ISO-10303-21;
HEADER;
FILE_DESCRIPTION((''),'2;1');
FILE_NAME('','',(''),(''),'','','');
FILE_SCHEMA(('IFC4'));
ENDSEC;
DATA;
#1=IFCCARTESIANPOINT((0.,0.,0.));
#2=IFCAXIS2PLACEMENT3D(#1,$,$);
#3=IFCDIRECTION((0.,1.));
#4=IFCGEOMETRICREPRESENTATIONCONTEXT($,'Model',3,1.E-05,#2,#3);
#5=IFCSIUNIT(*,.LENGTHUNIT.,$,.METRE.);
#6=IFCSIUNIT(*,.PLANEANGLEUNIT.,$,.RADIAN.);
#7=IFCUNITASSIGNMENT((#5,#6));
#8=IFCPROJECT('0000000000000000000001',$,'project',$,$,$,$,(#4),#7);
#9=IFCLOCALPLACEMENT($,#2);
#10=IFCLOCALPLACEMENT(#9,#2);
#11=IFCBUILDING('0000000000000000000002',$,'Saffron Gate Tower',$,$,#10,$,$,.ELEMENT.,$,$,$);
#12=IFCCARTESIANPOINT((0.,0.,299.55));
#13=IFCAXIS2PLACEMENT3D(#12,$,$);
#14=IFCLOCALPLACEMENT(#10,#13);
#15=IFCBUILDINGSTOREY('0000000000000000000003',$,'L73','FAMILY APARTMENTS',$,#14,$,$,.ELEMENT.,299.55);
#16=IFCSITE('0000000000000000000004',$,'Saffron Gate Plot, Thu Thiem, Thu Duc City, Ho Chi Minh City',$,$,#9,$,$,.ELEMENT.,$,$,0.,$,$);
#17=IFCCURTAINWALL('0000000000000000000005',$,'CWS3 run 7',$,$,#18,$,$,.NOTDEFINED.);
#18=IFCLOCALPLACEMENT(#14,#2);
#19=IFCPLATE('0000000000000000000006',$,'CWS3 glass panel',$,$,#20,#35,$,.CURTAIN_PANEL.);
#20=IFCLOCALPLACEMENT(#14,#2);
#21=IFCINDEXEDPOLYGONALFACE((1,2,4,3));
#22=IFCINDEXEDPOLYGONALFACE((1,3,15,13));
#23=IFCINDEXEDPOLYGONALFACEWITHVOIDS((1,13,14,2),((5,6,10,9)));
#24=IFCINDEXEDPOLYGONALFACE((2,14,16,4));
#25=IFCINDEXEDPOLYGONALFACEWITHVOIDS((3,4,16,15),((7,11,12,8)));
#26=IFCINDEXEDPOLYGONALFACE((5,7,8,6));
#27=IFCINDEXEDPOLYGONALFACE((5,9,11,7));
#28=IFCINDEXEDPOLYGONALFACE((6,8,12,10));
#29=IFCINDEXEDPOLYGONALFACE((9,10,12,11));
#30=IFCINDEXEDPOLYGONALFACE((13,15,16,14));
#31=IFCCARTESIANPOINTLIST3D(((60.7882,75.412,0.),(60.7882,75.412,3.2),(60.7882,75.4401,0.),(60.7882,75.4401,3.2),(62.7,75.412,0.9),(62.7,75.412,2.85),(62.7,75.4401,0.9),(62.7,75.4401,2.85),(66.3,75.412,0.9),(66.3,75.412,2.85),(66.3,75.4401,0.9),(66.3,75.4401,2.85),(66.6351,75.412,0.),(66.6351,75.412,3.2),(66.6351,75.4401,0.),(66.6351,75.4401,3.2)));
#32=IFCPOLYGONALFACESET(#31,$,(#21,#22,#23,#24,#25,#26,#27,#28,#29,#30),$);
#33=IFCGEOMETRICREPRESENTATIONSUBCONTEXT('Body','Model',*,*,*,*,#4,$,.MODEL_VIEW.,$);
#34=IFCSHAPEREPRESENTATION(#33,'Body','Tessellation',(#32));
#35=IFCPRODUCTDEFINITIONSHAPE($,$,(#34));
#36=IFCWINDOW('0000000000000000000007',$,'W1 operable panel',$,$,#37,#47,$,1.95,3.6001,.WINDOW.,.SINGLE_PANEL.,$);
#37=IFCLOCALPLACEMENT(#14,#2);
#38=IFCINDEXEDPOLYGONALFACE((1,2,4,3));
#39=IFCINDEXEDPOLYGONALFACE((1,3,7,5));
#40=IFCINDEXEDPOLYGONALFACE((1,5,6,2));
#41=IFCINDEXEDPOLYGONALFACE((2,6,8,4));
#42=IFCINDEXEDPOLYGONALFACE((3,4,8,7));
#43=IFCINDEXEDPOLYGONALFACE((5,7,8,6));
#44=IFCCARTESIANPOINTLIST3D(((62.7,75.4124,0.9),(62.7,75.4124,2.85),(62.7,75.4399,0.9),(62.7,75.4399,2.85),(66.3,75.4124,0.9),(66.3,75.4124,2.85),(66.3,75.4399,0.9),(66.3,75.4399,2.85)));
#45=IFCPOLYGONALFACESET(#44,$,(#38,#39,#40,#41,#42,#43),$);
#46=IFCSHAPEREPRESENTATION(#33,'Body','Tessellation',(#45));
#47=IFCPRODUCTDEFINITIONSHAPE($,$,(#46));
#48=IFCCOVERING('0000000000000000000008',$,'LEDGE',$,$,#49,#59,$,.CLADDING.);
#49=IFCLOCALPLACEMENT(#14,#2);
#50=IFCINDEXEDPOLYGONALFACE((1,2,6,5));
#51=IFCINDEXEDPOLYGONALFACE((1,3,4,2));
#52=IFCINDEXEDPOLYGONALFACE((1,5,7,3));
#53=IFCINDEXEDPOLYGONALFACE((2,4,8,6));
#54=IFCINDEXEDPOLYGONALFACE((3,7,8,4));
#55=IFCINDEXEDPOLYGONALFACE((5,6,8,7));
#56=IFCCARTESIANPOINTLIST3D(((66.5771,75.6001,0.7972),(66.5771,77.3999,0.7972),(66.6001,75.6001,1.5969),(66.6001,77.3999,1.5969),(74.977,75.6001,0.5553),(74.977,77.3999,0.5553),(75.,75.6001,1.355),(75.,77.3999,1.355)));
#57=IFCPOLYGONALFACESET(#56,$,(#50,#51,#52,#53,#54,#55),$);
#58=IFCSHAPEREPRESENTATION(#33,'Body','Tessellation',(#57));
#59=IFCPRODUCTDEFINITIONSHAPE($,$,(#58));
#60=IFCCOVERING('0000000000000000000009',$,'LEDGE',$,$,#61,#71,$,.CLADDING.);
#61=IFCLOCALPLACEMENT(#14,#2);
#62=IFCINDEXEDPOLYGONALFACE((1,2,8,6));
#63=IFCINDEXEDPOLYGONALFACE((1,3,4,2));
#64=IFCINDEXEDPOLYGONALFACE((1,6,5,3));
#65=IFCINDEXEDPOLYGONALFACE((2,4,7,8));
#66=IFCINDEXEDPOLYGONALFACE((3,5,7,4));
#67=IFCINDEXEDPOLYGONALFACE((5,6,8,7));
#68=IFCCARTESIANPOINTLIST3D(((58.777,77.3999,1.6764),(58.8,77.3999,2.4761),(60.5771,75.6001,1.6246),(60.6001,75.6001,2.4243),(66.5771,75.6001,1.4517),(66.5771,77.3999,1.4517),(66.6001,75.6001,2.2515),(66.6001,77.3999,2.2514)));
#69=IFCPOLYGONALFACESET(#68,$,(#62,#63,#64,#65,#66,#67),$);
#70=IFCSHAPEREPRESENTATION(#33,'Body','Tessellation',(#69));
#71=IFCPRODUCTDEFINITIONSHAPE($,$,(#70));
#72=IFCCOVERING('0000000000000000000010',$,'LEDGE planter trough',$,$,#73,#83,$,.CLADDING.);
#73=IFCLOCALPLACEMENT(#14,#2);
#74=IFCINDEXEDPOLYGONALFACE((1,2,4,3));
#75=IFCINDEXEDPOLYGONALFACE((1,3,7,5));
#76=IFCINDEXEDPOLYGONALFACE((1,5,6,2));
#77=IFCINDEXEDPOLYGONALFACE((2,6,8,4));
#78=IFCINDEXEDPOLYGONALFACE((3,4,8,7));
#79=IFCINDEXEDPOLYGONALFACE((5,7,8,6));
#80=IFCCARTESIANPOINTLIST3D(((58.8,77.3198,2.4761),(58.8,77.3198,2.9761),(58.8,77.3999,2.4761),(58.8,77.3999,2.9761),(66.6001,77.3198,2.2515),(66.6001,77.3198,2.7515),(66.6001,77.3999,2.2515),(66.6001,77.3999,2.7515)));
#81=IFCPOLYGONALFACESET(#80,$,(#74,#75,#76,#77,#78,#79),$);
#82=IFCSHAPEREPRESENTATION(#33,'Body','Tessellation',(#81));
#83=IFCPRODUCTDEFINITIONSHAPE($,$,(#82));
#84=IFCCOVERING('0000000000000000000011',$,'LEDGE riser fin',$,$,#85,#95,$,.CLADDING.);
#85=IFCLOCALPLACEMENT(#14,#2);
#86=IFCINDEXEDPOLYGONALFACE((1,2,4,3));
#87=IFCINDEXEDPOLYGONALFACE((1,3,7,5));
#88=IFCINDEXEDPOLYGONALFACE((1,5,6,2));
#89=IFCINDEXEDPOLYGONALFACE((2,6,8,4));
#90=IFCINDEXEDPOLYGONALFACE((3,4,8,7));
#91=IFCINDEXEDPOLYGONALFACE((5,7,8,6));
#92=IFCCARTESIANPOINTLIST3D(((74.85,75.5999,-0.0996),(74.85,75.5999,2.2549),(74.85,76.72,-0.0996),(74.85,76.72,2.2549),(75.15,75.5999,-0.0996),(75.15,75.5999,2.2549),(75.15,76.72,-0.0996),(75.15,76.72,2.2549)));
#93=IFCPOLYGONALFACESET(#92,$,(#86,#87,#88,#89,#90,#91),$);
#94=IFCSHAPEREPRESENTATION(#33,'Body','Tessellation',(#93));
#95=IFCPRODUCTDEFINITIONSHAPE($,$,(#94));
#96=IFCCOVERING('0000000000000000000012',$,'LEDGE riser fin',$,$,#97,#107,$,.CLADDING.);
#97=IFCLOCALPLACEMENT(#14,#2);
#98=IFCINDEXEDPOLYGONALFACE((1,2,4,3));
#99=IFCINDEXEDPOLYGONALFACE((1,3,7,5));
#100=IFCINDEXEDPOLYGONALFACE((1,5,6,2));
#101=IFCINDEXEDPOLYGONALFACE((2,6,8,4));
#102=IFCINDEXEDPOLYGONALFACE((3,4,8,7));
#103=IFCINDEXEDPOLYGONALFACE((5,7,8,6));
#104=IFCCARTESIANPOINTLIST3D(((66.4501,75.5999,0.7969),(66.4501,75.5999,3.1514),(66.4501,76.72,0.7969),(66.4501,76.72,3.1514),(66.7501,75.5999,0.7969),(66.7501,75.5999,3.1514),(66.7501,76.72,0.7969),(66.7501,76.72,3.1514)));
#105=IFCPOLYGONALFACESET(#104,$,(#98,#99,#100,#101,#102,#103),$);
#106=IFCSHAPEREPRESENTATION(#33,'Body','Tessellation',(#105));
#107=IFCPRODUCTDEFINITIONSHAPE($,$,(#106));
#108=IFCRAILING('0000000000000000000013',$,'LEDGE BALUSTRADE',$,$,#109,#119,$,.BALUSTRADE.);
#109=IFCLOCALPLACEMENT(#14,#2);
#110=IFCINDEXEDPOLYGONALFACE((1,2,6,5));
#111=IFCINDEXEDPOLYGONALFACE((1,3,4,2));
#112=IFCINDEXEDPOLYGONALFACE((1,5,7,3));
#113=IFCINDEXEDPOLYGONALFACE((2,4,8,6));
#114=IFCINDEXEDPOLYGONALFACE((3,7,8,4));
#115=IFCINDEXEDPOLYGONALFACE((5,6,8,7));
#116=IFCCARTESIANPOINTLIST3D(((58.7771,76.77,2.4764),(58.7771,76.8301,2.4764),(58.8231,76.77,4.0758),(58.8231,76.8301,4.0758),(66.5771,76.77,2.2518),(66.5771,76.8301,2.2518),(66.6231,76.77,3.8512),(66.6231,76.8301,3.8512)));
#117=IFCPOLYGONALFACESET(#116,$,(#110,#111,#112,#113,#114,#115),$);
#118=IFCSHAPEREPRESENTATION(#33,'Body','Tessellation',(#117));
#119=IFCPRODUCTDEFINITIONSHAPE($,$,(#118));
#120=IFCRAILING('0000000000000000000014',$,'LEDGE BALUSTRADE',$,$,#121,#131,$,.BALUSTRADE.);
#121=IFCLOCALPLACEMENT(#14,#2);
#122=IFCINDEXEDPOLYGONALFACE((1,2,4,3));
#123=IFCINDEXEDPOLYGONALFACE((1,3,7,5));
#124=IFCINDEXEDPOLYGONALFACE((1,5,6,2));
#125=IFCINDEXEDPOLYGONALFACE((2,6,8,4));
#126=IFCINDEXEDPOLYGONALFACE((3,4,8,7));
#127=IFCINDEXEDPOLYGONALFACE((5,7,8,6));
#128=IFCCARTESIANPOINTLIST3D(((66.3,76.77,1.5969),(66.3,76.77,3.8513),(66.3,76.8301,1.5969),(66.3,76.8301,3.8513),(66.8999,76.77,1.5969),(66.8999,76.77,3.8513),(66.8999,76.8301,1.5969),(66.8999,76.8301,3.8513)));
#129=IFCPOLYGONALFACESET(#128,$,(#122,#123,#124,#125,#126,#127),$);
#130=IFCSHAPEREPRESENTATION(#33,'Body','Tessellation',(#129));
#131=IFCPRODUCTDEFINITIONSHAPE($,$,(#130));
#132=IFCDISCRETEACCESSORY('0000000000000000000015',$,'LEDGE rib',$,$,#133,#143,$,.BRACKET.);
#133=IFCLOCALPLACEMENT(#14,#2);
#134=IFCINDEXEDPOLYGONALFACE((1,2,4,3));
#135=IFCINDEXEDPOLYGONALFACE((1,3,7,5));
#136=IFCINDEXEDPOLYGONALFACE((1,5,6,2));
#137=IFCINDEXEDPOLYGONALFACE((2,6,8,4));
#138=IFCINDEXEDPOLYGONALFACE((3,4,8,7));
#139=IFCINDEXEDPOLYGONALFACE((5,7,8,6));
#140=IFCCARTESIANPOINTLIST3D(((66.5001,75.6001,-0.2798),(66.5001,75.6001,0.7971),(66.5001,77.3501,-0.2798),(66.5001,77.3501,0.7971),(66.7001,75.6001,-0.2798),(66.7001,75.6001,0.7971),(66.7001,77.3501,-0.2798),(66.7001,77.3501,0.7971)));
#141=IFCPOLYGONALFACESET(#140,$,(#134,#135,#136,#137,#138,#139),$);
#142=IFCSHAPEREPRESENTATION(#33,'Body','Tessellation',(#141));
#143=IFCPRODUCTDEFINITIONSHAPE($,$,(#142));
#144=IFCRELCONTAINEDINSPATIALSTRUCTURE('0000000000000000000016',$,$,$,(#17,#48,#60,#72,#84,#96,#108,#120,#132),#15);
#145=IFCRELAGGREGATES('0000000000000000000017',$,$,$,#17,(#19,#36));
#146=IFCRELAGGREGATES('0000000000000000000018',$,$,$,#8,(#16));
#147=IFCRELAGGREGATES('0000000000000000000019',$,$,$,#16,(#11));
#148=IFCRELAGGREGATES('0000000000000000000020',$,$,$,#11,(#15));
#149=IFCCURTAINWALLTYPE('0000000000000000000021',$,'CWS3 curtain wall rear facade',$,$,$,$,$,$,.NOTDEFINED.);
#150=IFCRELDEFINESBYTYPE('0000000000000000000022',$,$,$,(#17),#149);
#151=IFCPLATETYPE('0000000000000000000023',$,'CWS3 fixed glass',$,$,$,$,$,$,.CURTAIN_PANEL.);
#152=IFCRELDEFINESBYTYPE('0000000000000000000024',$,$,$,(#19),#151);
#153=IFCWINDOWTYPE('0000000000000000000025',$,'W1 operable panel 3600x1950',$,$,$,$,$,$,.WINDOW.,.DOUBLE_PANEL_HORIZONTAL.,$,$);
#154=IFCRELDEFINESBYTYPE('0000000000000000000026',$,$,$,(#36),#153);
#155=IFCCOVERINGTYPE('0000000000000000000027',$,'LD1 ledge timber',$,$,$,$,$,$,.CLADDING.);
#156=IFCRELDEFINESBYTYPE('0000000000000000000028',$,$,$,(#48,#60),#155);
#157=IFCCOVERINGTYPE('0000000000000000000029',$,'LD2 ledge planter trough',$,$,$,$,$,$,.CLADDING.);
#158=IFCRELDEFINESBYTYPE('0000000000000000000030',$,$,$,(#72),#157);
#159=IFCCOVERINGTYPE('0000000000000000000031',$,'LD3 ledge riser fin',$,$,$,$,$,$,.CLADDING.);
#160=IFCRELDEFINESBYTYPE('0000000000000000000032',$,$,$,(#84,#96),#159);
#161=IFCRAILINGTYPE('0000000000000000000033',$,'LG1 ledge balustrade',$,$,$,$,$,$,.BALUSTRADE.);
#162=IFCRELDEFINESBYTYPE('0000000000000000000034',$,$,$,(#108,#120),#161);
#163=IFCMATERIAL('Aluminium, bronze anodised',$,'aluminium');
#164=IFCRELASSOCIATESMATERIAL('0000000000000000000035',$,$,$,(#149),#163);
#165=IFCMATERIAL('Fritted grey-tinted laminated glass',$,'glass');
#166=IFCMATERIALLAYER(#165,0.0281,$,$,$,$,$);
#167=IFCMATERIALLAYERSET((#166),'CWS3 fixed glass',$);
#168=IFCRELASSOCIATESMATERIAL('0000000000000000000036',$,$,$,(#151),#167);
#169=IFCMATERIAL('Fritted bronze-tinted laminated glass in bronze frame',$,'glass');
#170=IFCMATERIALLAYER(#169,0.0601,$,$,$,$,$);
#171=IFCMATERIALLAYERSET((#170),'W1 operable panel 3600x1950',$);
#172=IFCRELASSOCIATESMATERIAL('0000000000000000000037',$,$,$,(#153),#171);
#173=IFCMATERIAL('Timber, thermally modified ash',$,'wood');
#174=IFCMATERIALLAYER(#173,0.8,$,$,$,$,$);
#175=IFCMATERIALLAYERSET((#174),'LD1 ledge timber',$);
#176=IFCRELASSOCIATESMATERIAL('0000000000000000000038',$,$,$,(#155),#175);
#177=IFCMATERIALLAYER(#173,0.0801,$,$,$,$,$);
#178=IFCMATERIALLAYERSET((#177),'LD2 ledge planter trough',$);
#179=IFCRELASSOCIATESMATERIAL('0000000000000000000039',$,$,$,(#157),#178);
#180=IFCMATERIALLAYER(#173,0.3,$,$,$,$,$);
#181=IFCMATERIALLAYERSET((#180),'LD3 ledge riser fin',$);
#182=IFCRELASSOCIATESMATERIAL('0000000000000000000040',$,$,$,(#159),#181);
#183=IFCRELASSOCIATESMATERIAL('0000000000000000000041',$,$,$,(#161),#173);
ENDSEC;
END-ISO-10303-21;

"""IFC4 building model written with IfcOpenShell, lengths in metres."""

from ifc_helpers import new_model, si_unit, direction, frame, frame_2d, origin, origin_2d, place, context, subcontext, project, spatial, polyline, rectangle, outline, extrude, material, layer, layer_set, type_object, element, fill, aggregate, save


model = new_model("IFC4")

# Units and contexts
model_context = context("Model", 3, precision=1e-05, world=origin(), true_north=direction((0.0, 1.0)))
body_context = subcontext(model_context, "Body", "Model", "MODEL_VIEW")
ifc_project = project(units=[si_unit("LENGTHUNIT", "METRE"), si_unit("PLANEANGLEUNIT", "RADIAN")], contexts=[model_context])

# Site, building, storey
site_placement = place(None, origin())
site = spatial("IfcSite", under=ifc_project, at=site_placement, Name="Saffron Gate Plot, Thu Thiem, Thu Duc City, Ho Chi Minh City", CompositionType="ELEMENT", RefElevation=0.0)
building_placement = place(site_placement, origin())
building = spatial("IfcBuilding", under=site, at=building_placement, Name="Saffron Gate Tower", CompositionType="ELEMENT")
storey_placement = place(building_placement, frame((0.0, 0.0, 299.55)))
storey = spatial("IfcBuildingStorey", under=building, at=storey_placement, Name="L73", Description="FAMILY APARTMENTS", CompositionType="ELEMENT", Elevation=299.55)

# Curtain wall, plate, opening, window
ifc_material_1 = material(Name="Aluminium, bronze anodised", Category="aluminium")
curtain_wall_type = type_object("IfcCurtainWallType", Name="CWS3 curtain wall rear facade", PredefinedType="NOTDEFINED", material=ifc_material_1)
curtain_wall_placement = place(storey_placement, origin())
curtain_wall = element("IfcCurtainWall", 1, at=curtain_wall_placement, inside=storey, type_object=curtain_wall_type, Name="CWS3 run 7", PredefinedType="NOTDEFINED")
ifc_material_2 = material(Name="Fritted grey-tinted laminated glass", Category="glass")
ifc_layer_1 = layer(ifc_material_2, 0.0281)
ifc_layer_set_1 = layer_set([ifc_layer_1], Name="CWS3 fixed glass")
plate_type = type_object("IfcPlateType", Name="CWS3 fixed glass", PredefinedType="CURTAIN_PANEL", material=ifc_layer_set_1)
plate_placement = place(storey_placement, frame((66.635, 75.426, 0.0), z_axis=(0.0, 0.0, 1.0), x_axis=(-1.0, 0.0, 0.0)))
plate = element("IfcPlate", 2, at=plate_placement, type_object=plate_type, Name="CWS3 glass panel", PredefinedType="CURTAIN_PANEL", context=body_context, shape_type="SweptSolid", body=[
    extrude(rectangle(XDim=5.8469, YDim=0.0281, at=frame_2d((2.9233, 0.0))), origin(), (0.0, 0.0, 1.0), 3.2),
])
opening_placement = place(plate_placement, frame((0.335, 0.0, 0.8999)))
opening = element("IfcOpeningElement", 3, at=opening_placement, cuts=plate, PredefinedType="OPENING", context=body_context, shape_type="SweptSolid", body=[
    extrude(rectangle(XDim=3.6001, YDim=1.95, at=frame_2d((1.8, 0.9751))), frame((0.0, 0.0239, 0.0), z_axis=(0.0, -1.0, 0.0), x_axis=(1.0, 0.0, 0.0)), (0.0, 0.0, 1.0), 0.0481),
])
ifc_material_3 = material(Name="Fritted bronze-tinted laminated glass in bronze frame", Category="glass")
ifc_layer_2 = layer(ifc_material_3, 0.0601)
ifc_layer_set_2 = layer_set([ifc_layer_2], Name="W1 operable panel 3600x1950")
window_type = type_object("IfcWindowType", Name="W1 operable panel 3600x1950", PartitioningType="DOUBLE_PANEL_HORIZONTAL", PredefinedType="WINDOW", material=ifc_layer_set_2)
window_placement = place(opening_placement, origin())
window = element("IfcWindow", 4, at=window_placement, type_object=window_type, Name="W1 operable panel", OverallHeight=1.95, OverallWidth=3.6001, PartitioningType="SINGLE_PANEL", PredefinedType="WINDOW", context=body_context, shape_type="SweptSolid", body=[
    extrude(rectangle(XDim=3.6001, YDim=1.95, at=frame_2d((1.8, 0.9751))), frame((0.0, 0.0137, 0.0), z_axis=(0.0, -1.0, 0.0), x_axis=(1.0, 0.0, 0.0)), (0.0, 0.0, 1.0), 0.0276),
])
fill(opening, window)
aggregate(curtain_wall, [plate, window])

# Coverings
ifc_material_4 = material(Name="Timber, thermally modified ash", Category="wood")
ifc_layer_3 = layer(ifc_material_4, 0.8)
ifc_layer_set_3 = layer_set([ifc_layer_3], Name="LD1 ledge timber")
covering_type_1 = type_object("IfcCoveringType", Name="LD1 ledge timber", PredefinedType="CLADDING", material=ifc_layer_set_3)
covering_1_placement = place(storey_placement, frame((75.0, 75.6001, 1.355), z_axis=(0.028791, 0.0, 0.999585), x_axis=(-0.999585, 0.0, 0.028791)))
element("IfcCovering", 5, at=covering_1_placement, inside=storey, type_object=covering_type_1, Name="LEDGE", PredefinedType="CLADDING", context=body_context, shape_type="SweptSolid", body=[
    extrude(outline(polyline([(0.0, 0.0), (8.4034, 0.0), (8.4034, -1.7998), (0.0, -1.7998), (0.0, 0.0)])), origin(), (0.0, 0.0, -1.0), 0.8),
])
covering_2_placement = place(storey_placement, frame((66.6001, 75.6001, 2.2515), z_axis=(0.028789, 0.000024, 0.999585), x_axis=(-0.999585, 0.0, 0.028789)))
element("IfcCovering", 6, at=covering_2_placement, inside=storey, type_object=covering_type_1, Name="LEDGE", PredefinedType="CLADDING", context=body_context, shape_type="SweptSolid", body=[
    extrude(outline(polyline([(0.0, 0.0), (6.0025, 0.0), (7.8033, -1.7998), (0.0, -1.7998), (0.0, 0.0)])), origin(), (0.0, 0.0, -1.0), 0.8),
])
ifc_layer_4 = layer(ifc_material_4, 0.0801)
ifc_layer_set_4 = layer_set([ifc_layer_4], Name="LD2 ledge planter trough")
covering_type_2 = type_object("IfcCoveringType", Name="LD2 ledge planter trough", PredefinedType="CLADDING", material=ifc_layer_set_4)
covering_3_placement = place(storey_placement, frame((66.6001, 77.3999, 2.2515), z_axis=(0.0, 1.0, 0.0), x_axis=(-0.999586, 0.0, 0.028784)))
element("IfcCovering", 7, at=covering_3_placement, inside=storey, type_object=covering_type_2, Name="LEDGE planter trough", PredefinedType="CLADDING", context=body_context, shape_type="SweptSolid", body=[
    extrude(outline(polyline([(0.0, 0.0), (7.8033, 0.0), (7.8177, 0.4998), (0.0144, 0.4998), (0.0, 0.0)])), origin(), (0.0, 0.0, -1.0), 0.0801),
])
ifc_layer_5 = layer(ifc_material_4, 0.3)
ifc_layer_set_5 = layer_set([ifc_layer_5], Name="LD3 ledge riser fin")
covering_type_3 = type_object("IfcCoveringType", Name="LD3 ledge riser fin", PredefinedType="CLADDING", material=ifc_layer_set_5)
for number, where, z_axis, x_axis, name in (
    (8, (75.0, 76.1599, -0.0996), (0.0, 0.0, 1.0), (-1.0, 0.0, 0.0), "LEDGE riser fin"),
    (9, (66.6001, 76.1599, 0.7969), (0.0, 0.0, 1.0), (-1.0, 0.0, 0.0), "LEDGE riser fin"),
):
    element("IfcCovering", number, at=place(storey_placement, frame(where, z_axis=z_axis, x_axis=x_axis)), inside=storey, type_object=covering_type_3, Name=name, PredefinedType="CLADDING", context=body_context, shape_type="SweptSolid", body=[
        extrude(rectangle(XDim=0.3, YDim=1.1201, at=origin_2d()), origin(), (0.0, 0.0, 1.0), 2.3545),
    ])

# Railings
railing_type = type_object("IfcRailingType", Name="LG1 ledge balustrade", PredefinedType="BALUSTRADE", material=ifc_material_4)
railing_1_placement = place(storey_placement, frame((66.6001, 76.8, 2.2515)))
element("IfcRailing", 10, at=railing_1_placement, inside=storey, type_object=railing_type, Name="LEDGE BALUSTRADE", PredefinedType="BALUSTRADE", context=body_context, shape_type="SweptSolid", body=[
    extrude(rectangle(XDim=0.0601, YDim=1.6001, at=origin_2d()), frame((0.0, 0.0, 0.8), z_axis=(-0.999586, 0.0, 0.028784), x_axis=(0.0, -1.0, 0.0)), (0.0, 0.0, 1.0), 7.8032),
])
railing_2_placement = place(storey_placement, frame((66.8999, 76.8, 1.5969)))
element("IfcRailing", 11, at=railing_2_placement, inside=storey, type_object=railing_type, Name="LEDGE BALUSTRADE", PredefinedType="BALUSTRADE", context=body_context, shape_type="SweptSolid", body=[
    extrude(rectangle(XDim=0.0601, YDim=2.2544, at=origin_2d()), frame((0.0, 0.0, 1.1272), z_axis=(-1.0, 0.0, 0.0), x_axis=(0.0, -1.0, 0.0)), (0.0, 0.0, 1.0), 0.5999),
])

# Discrete accessory
discrete_accessory_placement = place(storey_placement, frame((66.6001, 76.4751, -0.2798), z_axis=(0.0, 0.0, 1.0), x_axis=(-1.0, 0.0, 0.0)))
element("IfcDiscreteAccessory", 12, at=discrete_accessory_placement, inside=storey, Name="LEDGE rib", PredefinedType="BRACKET", context=body_context, shape_type="SweptSolid", body=[
    extrude(rectangle(XDim=0.2, YDim=1.75, at=origin_2d()), origin(), (0.0, 0.0, 1.0), 1.0769),
])

save(model, "model.ifc")
